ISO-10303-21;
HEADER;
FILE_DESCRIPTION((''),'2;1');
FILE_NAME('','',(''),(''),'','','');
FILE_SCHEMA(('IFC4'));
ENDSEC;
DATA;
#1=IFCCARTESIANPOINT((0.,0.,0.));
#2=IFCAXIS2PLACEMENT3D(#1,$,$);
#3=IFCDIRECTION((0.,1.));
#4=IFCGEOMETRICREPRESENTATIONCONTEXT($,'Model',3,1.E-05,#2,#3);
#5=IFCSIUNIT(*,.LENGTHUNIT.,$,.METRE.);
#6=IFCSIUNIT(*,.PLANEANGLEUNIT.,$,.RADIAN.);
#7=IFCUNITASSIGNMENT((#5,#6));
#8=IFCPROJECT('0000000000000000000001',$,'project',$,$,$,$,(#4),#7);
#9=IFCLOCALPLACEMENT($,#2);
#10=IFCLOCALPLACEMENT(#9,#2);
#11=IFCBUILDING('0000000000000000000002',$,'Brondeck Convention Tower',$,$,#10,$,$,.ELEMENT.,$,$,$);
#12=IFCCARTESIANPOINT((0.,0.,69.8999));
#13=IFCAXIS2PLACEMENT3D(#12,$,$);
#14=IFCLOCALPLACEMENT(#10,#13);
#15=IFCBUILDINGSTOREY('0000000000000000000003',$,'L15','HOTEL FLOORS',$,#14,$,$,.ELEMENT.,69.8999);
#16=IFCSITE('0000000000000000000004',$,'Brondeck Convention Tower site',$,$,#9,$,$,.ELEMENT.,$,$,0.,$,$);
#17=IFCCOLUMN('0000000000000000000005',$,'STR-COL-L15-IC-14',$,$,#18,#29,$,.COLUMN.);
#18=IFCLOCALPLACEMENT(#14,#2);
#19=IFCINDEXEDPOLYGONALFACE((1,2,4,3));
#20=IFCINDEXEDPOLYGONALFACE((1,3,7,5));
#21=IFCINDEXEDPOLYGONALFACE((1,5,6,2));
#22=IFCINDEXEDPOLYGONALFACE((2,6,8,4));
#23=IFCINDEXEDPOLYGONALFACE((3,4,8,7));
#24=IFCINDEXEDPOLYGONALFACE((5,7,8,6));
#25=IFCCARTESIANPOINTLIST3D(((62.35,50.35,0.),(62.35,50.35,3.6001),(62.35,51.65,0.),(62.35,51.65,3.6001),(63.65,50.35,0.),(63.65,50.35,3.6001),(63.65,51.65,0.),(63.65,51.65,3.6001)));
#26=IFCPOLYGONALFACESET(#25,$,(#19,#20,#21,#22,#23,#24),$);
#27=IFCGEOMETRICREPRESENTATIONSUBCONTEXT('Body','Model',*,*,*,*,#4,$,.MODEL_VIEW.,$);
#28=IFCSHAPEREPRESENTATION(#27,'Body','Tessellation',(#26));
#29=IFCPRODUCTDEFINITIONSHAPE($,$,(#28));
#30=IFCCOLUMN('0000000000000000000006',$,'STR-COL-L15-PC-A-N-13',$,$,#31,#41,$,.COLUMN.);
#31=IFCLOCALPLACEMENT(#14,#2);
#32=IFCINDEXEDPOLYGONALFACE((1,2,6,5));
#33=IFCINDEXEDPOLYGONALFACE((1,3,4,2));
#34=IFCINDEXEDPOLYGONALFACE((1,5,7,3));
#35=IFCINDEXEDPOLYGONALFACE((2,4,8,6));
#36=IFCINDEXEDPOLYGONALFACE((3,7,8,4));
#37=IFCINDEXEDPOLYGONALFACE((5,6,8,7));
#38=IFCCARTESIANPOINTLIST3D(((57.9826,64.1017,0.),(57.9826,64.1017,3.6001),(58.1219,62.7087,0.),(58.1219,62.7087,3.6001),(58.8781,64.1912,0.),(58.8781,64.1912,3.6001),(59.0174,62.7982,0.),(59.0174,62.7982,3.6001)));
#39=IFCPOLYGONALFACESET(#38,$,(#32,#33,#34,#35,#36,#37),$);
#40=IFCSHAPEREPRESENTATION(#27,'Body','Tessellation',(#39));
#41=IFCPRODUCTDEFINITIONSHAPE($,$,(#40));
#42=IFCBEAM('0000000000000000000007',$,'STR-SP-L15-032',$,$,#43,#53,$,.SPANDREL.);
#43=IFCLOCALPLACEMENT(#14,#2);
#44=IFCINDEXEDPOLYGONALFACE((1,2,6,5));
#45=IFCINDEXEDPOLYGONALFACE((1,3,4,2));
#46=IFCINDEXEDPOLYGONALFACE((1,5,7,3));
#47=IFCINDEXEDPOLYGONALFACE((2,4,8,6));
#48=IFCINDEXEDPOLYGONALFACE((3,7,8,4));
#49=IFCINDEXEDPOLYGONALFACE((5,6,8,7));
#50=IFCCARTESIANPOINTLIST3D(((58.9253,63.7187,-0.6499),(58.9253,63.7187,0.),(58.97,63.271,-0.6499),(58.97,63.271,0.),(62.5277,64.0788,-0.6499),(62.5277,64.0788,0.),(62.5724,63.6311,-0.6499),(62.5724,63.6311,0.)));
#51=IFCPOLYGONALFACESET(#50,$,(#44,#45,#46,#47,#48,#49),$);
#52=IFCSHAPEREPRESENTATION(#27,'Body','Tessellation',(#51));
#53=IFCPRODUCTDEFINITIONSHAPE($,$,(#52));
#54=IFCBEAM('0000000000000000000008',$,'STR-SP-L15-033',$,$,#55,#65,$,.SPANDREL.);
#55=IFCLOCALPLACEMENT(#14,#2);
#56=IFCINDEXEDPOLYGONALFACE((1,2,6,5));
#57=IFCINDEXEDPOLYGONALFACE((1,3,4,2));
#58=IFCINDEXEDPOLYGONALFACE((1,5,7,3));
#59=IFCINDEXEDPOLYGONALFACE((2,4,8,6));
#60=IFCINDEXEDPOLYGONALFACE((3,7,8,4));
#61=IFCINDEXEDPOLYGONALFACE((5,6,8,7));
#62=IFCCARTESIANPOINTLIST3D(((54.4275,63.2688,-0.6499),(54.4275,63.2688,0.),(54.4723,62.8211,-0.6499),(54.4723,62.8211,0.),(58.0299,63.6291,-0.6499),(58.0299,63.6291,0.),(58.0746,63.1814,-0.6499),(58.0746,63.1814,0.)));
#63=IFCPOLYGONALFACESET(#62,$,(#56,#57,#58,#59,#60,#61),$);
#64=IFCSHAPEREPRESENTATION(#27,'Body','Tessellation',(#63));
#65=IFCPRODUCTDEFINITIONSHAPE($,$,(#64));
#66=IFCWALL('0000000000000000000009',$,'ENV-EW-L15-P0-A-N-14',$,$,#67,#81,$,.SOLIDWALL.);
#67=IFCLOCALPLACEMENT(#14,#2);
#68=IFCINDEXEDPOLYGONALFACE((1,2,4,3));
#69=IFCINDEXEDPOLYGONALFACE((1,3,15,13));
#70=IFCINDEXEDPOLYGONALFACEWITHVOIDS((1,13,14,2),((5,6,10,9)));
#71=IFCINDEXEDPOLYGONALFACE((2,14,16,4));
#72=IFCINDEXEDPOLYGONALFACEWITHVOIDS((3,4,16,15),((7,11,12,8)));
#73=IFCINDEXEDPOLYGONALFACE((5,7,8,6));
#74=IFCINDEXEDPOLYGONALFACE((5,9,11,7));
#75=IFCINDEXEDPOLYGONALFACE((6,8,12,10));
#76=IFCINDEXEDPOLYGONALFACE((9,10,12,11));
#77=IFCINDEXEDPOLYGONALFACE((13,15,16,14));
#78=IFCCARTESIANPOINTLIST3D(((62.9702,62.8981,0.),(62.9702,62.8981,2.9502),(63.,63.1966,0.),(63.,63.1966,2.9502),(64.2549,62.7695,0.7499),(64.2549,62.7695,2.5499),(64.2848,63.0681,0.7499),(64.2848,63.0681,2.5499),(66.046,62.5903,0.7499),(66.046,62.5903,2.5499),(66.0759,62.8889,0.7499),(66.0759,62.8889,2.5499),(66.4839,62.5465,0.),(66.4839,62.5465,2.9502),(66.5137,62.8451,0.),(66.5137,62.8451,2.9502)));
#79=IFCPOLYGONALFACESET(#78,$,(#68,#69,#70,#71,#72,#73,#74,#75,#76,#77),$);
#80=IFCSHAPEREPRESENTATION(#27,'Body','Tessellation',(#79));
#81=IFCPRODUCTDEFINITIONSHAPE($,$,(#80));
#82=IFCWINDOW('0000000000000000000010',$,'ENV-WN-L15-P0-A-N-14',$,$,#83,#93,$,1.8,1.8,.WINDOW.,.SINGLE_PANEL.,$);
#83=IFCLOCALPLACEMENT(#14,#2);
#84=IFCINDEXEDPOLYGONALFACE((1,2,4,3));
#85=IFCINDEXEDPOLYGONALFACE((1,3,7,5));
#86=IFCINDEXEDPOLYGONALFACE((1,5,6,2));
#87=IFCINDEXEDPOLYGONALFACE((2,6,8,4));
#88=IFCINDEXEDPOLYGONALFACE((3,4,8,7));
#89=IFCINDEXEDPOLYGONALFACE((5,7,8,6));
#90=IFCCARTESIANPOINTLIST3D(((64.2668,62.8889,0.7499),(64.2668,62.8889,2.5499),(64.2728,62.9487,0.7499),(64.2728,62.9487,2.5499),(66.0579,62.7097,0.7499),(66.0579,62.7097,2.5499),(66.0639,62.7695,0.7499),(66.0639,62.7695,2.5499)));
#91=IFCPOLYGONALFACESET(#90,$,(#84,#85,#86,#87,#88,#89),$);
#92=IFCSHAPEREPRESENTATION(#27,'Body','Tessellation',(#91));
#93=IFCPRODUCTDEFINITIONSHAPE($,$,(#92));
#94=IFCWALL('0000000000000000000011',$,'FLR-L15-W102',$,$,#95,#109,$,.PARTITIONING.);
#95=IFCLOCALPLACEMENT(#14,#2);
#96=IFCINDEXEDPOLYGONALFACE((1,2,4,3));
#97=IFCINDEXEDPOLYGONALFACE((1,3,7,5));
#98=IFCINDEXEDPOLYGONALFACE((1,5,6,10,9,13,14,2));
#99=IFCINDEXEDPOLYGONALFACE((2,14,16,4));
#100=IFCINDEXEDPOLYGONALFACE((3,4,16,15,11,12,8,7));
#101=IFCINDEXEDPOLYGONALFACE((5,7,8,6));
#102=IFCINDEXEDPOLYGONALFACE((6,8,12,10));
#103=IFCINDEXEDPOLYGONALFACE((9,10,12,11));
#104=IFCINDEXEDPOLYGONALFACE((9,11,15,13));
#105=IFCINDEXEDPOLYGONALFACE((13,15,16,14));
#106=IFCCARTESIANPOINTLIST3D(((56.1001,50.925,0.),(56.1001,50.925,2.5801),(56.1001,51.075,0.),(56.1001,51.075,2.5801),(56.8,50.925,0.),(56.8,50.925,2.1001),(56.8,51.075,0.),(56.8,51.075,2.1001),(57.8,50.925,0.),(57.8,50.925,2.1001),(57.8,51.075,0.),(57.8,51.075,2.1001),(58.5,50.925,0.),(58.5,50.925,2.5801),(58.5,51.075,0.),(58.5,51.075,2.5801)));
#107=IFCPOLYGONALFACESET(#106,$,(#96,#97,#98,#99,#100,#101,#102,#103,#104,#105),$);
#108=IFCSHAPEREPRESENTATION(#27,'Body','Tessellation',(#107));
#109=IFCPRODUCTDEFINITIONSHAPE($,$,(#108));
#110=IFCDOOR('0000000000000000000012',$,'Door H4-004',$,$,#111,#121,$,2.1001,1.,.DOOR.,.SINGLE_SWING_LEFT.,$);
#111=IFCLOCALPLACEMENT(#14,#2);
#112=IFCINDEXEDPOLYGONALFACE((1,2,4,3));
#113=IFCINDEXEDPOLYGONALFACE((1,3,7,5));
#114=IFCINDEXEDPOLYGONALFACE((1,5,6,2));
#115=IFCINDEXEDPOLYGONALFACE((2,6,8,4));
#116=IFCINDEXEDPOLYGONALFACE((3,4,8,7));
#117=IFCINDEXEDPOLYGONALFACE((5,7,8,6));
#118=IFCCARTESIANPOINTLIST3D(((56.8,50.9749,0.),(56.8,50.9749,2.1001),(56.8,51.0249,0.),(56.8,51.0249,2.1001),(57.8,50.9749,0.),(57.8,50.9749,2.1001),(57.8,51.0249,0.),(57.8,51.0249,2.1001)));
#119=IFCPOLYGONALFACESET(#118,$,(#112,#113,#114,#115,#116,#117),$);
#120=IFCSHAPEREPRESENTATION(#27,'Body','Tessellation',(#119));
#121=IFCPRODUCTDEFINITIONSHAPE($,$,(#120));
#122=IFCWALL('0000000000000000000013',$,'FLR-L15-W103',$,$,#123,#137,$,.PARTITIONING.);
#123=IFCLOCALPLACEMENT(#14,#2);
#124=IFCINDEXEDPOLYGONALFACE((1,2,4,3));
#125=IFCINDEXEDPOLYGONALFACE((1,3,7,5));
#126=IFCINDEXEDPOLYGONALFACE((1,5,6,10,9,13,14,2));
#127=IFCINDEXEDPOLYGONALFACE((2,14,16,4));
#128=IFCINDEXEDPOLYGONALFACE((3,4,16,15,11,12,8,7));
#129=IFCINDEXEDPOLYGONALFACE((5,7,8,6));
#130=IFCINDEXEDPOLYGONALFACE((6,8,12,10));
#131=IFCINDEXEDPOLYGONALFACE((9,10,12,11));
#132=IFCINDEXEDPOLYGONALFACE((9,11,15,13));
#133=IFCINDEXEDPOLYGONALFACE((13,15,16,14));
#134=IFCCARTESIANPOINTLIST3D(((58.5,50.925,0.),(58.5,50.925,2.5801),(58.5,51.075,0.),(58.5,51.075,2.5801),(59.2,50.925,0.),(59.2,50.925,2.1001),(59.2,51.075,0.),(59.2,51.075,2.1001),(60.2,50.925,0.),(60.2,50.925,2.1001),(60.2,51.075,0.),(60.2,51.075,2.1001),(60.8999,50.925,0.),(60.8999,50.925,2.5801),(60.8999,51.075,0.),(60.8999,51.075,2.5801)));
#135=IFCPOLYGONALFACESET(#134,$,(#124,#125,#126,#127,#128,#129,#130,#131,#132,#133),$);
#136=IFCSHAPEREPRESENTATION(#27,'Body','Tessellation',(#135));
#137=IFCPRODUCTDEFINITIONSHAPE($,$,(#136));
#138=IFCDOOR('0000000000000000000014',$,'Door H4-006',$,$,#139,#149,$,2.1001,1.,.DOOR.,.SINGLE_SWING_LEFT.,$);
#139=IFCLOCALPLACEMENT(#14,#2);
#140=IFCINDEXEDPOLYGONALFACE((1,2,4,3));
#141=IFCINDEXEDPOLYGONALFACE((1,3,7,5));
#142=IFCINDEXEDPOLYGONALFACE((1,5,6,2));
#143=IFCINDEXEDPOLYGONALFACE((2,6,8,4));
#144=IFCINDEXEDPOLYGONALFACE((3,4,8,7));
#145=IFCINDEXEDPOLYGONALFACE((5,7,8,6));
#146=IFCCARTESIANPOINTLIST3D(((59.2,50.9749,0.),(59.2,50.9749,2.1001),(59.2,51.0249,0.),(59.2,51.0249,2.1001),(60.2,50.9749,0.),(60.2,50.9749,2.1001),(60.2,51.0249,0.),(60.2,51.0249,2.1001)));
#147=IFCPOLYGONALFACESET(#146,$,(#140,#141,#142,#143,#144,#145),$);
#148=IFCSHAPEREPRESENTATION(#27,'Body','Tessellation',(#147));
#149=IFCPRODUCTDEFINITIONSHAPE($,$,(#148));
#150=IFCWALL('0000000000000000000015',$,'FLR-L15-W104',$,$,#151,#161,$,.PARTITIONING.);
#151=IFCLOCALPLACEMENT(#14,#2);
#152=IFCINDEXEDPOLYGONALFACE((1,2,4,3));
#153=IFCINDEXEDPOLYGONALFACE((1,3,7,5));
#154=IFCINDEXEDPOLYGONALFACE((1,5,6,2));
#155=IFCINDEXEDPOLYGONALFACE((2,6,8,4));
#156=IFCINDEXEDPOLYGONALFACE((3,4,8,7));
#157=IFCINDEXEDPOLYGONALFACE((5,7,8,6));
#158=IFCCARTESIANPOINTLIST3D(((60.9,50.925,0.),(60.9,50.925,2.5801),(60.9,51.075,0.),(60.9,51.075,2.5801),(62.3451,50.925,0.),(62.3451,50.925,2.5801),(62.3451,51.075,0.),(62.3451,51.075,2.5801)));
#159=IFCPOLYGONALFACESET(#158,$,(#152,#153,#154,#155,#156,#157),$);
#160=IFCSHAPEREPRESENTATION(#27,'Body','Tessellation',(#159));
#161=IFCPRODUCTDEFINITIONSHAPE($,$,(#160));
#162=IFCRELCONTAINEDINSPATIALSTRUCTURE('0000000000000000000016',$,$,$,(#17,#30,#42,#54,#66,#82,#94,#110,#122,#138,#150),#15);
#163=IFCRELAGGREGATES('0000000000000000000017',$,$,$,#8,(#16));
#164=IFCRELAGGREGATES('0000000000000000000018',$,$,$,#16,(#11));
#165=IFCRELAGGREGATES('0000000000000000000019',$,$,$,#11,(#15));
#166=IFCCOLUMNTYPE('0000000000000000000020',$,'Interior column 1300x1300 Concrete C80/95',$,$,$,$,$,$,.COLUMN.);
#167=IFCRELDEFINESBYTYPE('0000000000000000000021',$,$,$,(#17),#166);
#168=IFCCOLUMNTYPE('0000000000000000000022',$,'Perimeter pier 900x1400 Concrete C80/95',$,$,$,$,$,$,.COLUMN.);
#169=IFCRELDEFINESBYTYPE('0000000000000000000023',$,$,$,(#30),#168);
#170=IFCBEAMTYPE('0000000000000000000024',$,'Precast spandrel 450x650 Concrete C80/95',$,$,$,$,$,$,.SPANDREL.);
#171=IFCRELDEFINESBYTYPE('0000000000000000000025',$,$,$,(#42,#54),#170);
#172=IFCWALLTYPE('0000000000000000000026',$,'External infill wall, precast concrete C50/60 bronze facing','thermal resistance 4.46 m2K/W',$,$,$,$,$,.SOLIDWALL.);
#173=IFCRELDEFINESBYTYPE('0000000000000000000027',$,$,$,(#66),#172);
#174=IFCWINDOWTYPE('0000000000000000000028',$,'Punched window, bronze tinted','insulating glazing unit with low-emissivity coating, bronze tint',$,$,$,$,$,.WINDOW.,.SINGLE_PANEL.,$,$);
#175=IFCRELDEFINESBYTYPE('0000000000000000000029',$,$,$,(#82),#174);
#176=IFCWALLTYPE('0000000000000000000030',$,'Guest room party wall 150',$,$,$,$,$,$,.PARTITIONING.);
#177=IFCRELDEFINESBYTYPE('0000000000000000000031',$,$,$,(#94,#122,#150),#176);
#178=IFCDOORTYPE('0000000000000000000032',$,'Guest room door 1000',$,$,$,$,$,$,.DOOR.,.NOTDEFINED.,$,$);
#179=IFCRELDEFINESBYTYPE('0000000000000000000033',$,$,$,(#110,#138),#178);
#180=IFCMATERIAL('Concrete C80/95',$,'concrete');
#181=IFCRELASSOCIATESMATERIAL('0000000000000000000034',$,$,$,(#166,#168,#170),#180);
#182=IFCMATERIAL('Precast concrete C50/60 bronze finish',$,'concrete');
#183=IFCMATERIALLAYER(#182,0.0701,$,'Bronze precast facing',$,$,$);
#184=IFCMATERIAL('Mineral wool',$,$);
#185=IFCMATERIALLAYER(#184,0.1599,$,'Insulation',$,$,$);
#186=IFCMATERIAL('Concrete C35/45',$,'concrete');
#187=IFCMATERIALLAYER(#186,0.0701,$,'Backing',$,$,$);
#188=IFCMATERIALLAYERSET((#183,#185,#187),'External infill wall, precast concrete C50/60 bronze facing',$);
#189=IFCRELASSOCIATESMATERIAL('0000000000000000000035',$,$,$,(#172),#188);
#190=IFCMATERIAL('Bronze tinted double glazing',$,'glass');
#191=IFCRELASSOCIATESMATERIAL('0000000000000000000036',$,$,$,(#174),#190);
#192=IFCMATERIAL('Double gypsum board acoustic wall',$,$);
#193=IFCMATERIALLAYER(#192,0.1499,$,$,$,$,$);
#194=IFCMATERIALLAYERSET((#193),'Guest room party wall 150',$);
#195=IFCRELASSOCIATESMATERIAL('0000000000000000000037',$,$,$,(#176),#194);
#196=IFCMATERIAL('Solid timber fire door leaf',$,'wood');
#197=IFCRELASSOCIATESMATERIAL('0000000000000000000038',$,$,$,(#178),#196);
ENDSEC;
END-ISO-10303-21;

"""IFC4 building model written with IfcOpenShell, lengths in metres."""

from ifc_helpers import new_model, si_unit, direction, frame, frame_2d, origin, origin_2d, place, context, subcontext, project, spatial, rectangle, extrude, material, layer, layer_set, material_profile, profile_set, type_object, element, fill, save


model = new_model("IFC4")

# Units and contexts
model_context = context("Model", 3, precision=1e-05, world=origin(), true_north=direction((0.0, 1.0)))
body_context = subcontext(model_context, "Body", "Model", "MODEL_VIEW")
ifc_project = project(units=[si_unit("LENGTHUNIT", "METRE"), si_unit("PLANEANGLEUNIT", "RADIAN")], contexts=[model_context])

# Site, building, storey
site_placement = place(None, origin())
site = spatial("IfcSite", under=ifc_project, at=site_placement, Name="Brondeck Convention Tower site", CompositionType="ELEMENT", RefElevation=0.0)
building_placement = place(site_placement, origin())
building = spatial("IfcBuilding", under=site, at=building_placement, Name="Brondeck Convention Tower", CompositionType="ELEMENT")
storey_placement = place(building_placement, frame((0.0, 0.0, 69.8999)))
storey = spatial("IfcBuildingStorey", under=building, at=storey_placement, Name="L15", Description="HOTEL FLOORS", CompositionType="ELEMENT", Elevation=69.8999)

# Columns
ifc_material_1 = material(Name="Concrete C80/95", Category="concrete")
ifc_material_profile_1 = material_profile(ifc_material_1, rectangle(XDim=1.3, YDim=1.3, at=origin_2d()), Name="Interior column 1300x1300 Concrete C80/95")
ifc_profile_set_1 = profile_set([ifc_material_profile_1], Name="Concrete C80/95")
column_type_1 = type_object("IfcColumnType", Name="Interior column 1300x1300 Concrete C80/95", PredefinedType="COLUMN", material=ifc_profile_set_1)
column_1_placement = place(storey_placement, frame((63.0, 51.0, 0.0), z_axis=(0.0, 0.0, 1.0), x_axis=(1.0, 0.0, 0.0)))
element("IfcColumn", 1, at=column_1_placement, inside=storey, type_object=column_type_1, Name="STR-COL-L15-IC-14", PredefinedType="COLUMN", context=body_context, shape_type="SweptSolid", body=[
    extrude(rectangle(XDim=1.3, YDim=1.3, at=origin_2d()), origin(), (0.0, 0.0, 1.0), 3.6001),
])
ifc_material_profile_2 = material_profile(ifc_material_1, rectangle(XDim=0.8999, YDim=1.3999, at=origin_2d()), Name="Perimeter pier 900x1400 Concrete C80/95")
ifc_profile_set_2 = profile_set([ifc_material_profile_2], Name="Concrete C80/95")
column_type_2 = type_object("IfcColumnType", Name="Perimeter pier 900x1400 Concrete C80/95", PredefinedType="COLUMN", material=ifc_profile_set_2)
column_2_placement = place(storey_placement, frame((58.5, 63.45, 0.0), z_axis=(0.0, 0.0, 1.0), x_axis=(-0.995037, -0.099504, 0.0)))
element("IfcColumn", 2, at=column_2_placement, inside=storey, type_object=column_type_2, Name="STR-COL-L15-PC-A-N-13", PredefinedType="COLUMN", context=body_context, shape_type="SweptSolid", body=[
    extrude(rectangle(XDim=0.8999, YDim=1.3999, at=origin_2d()), origin(), (0.0, 0.0, 1.0), 3.6001),
])

# Beams
ifc_material_profile_3 = material_profile(ifc_material_1, rectangle(XDim=0.45, YDim=0.6499, at=origin_2d()), Name="Precast spandrel 450x650 Concrete C80/95")
ifc_profile_set_3 = profile_set([ifc_material_profile_3], Name="Concrete C80/95")
beam_type = type_object("IfcBeamType", Name="Precast spandrel 450x650 Concrete C80/95", PredefinedType="SPANDREL", material=ifc_profile_set_3)
for number, where, z_axis, x_axis, name in (
    (3, (62.55, 63.855, -0.325), (-0.995041, -0.09947, 0.0), (0.09947, -0.995041, 0.0), "STR-SP-L15-032"),
    (4, (58.0522, 63.4053, -0.325), (-0.995034, -0.099537, 0.0), (0.099537, -0.995034, 0.0), "STR-SP-L15-033"),
):
    element("IfcBeam", number, at=place(storey_placement, frame(where, z_axis=z_axis, x_axis=x_axis)), inside=storey, type_object=beam_type, Name=name, PredefinedType="SPANDREL", context=body_context, shape_type="SweptSolid", body=[
        extrude(rectangle(XDim=0.45, YDim=0.6499, at=origin_2d()), origin(), (0.0, 0.0, 1.0), 3.6204),
    ])

# Wall, opening, window
ifc_material_2 = material(Name="Precast concrete C50/60 bronze finish", Category="concrete")
ifc_layer_1 = layer(ifc_material_2, 0.0701, Name="Bronze precast facing")
ifc_material_3 = material(Name="Mineral wool")
ifc_layer_2 = layer(ifc_material_3, 0.1599, Name="Insulation")
ifc_material_4 = material(Name="Concrete C35/45", Category="concrete")
ifc_layer_3 = layer(ifc_material_4, 0.0701, Name="Backing")
ifc_layer_set_1 = layer_set([ifc_layer_1, ifc_layer_2, ifc_layer_3], Name="External infill wall, precast concrete C50/60 bronze facing")
wall_type_1 = type_object("IfcWallType", Name="External infill wall, precast concrete C50/60 bronze facing", Description="thermal resistance 4.46 m2K/W", PredefinedType="SOLIDWALL", material=ifc_layer_set_1)
wall_1_placement = place(storey_placement, frame((62.9851, 63.0474, 0.0), z_axis=(0.0, 0.0, 1.0), x_axis=(0.995032, -0.099558, 0.0)))
wall_1 = element("IfcWall", 5, at=wall_1_placement, inside=storey, type_object=wall_type_1, Name="ENV-EW-L15-P0-A-N-14", PredefinedType="SOLIDWALL", context=body_context, shape_type="SweptSolid", body=[
    extrude(rectangle(XDim=3.5312, YDim=0.3, at=frame_2d((1.7656, 0.0))), origin(), (0.0, 0.0, 1.0), 2.9502),
])
opening_1_placement = place(wall_1_placement, frame((1.2913, 0.0, 0.75)))
opening_1 = element("IfcOpeningElement", 6, at=opening_1_placement, cuts=wall_1, PredefinedType="OPENING", context=body_context, shape_type="SweptSolid", body=[
    extrude(rectangle(XDim=1.8, YDim=1.8, at=frame_2d((0.8999, 0.8999))), frame((0.0, 0.1599, 0.0), z_axis=(0.0, -1.0, 0.0), x_axis=(1.0, 0.0, 0.0)), (0.0, 0.0, 1.0), 0.3201),
])
ifc_material_5 = material(Name="Bronze tinted double glazing", Category="glass")
window_type = type_object("IfcWindowType", Name="Punched window, bronze tinted", Description="insulating glazing unit with low-emissivity coating, bronze tint", PartitioningType="SINGLE_PANEL", PredefinedType="WINDOW", material=ifc_material_5)
window_placement = place(opening_1_placement, origin())
window = element("IfcWindow", 7, at=window_placement, inside=storey, type_object=window_type, Name="ENV-WN-L15-P0-A-N-14", OverallHeight=1.8, OverallWidth=1.8, PartitioningType="SINGLE_PANEL", PredefinedType="WINDOW", context=body_context, shape_type="SweptSolid", body=[
    extrude(rectangle(XDim=1.8, YDim=1.8, at=frame_2d((0.8999, 0.8999))), frame((0.0, 0.03, 0.0), z_axis=(0.0, -1.0, 0.0), x_axis=(1.0, 0.0, 0.0)), (0.0, 0.0, 1.0), 0.0601),
])
fill(opening_1, window)

# Walls, openings, doors
ifc_material_6 = material(Name="Double gypsum board acoustic wall")
ifc_layer_4 = layer(ifc_material_6, 0.1499)
ifc_layer_set_2 = layer_set([ifc_layer_4], Name="Guest room party wall 150")
wall_type_2 = type_object("IfcWallType", Name="Guest room party wall 150", PredefinedType="PARTITIONING", material=ifc_layer_set_2)
wall_2_placement = place(storey_placement, frame((56.1001, 51.0, 0.0), z_axis=(0.0, 0.0, 1.0), x_axis=(1.0, 0.0, 0.0)))
wall_2 = element("IfcWall", 8, at=wall_2_placement, inside=storey, type_object=wall_type_2, Name="FLR-L15-W102", PredefinedType="PARTITIONING", context=body_context, shape_type="SweptSolid", body=[
    extrude(rectangle(XDim=2.3999, YDim=0.1499, at=frame_2d((1.2, 0.0))), origin(), (0.0, 0.0, 1.0), 2.5801),
])
opening_2_placement = place(wall_2_placement, frame((0.7, 0.0, 0.0)))
opening_2 = element("IfcOpeningElement", 9, at=opening_2_placement, cuts=wall_2, PredefinedType="OPENING", context=body_context, shape_type="SweptSolid", body=[
    extrude(rectangle(XDim=1.0, YDim=2.1001, at=frame_2d((0.5, 1.05))), frame((0.0, 0.085, 0.0), z_axis=(0.0, -1.0, 0.0), x_axis=(1.0, 0.0, 0.0)), (0.0, 0.0, 1.0), 0.1699),
])
ifc_material_7 = material(Name="Solid timber fire door leaf", Category="wood")
door_type_1 = type_object("IfcDoorType", Name="Guest room door 1000", OperationType="NOTDEFINED", PredefinedType="DOOR", material=ifc_material_7)
door_1_placement = place(opening_2_placement, origin())
door_1 = element("IfcDoor", 10, at=door_1_placement, inside=storey, type_object=door_type_1, Name="Door H4-004", OperationType="SINGLE_SWING_LEFT", OverallHeight=2.1001, OverallWidth=1.0, PredefinedType="DOOR", context=body_context, shape_type="SweptSolid", body=[
    extrude(rectangle(XDim=1.0, YDim=2.1001, at=frame_2d((0.5, 1.05))), frame((0.0, 0.0249, 0.0), z_axis=(0.0, -1.0, 0.0), x_axis=(1.0, 0.0, 0.0)), (0.0, 0.0, 1.0), 0.05),
])
fill(opening_2, door_1)
wall_3_placement = place(storey_placement, frame((58.5, 51.0, 0.0), z_axis=(0.0, 0.0, 1.0), x_axis=(1.0, 0.0, 0.0)))
wall_3 = element("IfcWall", 11, at=wall_3_placement, inside=storey, type_object=wall_type_2, Name="FLR-L15-W103", PredefinedType="PARTITIONING", context=body_context, shape_type="SweptSolid", body=[
    extrude(rectangle(XDim=2.3999, YDim=0.1499, at=frame_2d((1.2, 0.0))), origin(), (0.0, 0.0, 1.0), 2.5801),
])
opening_3_placement = place(wall_3_placement, frame((0.7, 0.0, 0.0)))
opening_3 = element("IfcOpeningElement", 12, at=opening_3_placement, cuts=wall_3, PredefinedType="OPENING", context=body_context, shape_type="SweptSolid", body=[
    extrude(rectangle(XDim=1.0, YDim=2.1001, at=frame_2d((0.5, 1.05))), frame((0.0, 0.085, 0.0), z_axis=(0.0, -1.0, 0.0), x_axis=(1.0, 0.0, 0.0)), (0.0, 0.0, 1.0), 0.1699),
])
door_2_placement = place(opening_3_placement, origin())
door_2 = element("IfcDoor", 13, at=door_2_placement, inside=storey, type_object=door_type_1, Name="Door H4-006", OperationType="SINGLE_SWING_LEFT", OverallHeight=2.1001, OverallWidth=1.0, PredefinedType="DOOR", context=body_context, shape_type="SweptSolid", body=[
    extrude(rectangle(XDim=1.0, YDim=2.1001, at=frame_2d((0.5, 1.05))), frame((0.0, 0.0249, 0.0), z_axis=(0.0, -1.0, 0.0), x_axis=(1.0, 0.0, 0.0)), (0.0, 0.0, 1.0), 0.05),
])
fill(opening_3, door_2)

# Wall
wall_4_placement = place(storey_placement, frame((60.8999, 51.0, 0.0), z_axis=(0.0, 0.0, 1.0), x_axis=(1.0, 0.0, 0.0)))
element("IfcWall", 14, at=wall_4_placement, inside=storey, type_object=wall_type_2, Name="FLR-L15-W104", PredefinedType="PARTITIONING", context=body_context, shape_type="SweptSolid", body=[
    extrude(rectangle(XDim=1.4451, YDim=0.1499, at=frame_2d((0.7227, 0.0))), origin(), (0.0, 0.0, 1.0), 2.5801),
])

save(model, "model.ifc")
